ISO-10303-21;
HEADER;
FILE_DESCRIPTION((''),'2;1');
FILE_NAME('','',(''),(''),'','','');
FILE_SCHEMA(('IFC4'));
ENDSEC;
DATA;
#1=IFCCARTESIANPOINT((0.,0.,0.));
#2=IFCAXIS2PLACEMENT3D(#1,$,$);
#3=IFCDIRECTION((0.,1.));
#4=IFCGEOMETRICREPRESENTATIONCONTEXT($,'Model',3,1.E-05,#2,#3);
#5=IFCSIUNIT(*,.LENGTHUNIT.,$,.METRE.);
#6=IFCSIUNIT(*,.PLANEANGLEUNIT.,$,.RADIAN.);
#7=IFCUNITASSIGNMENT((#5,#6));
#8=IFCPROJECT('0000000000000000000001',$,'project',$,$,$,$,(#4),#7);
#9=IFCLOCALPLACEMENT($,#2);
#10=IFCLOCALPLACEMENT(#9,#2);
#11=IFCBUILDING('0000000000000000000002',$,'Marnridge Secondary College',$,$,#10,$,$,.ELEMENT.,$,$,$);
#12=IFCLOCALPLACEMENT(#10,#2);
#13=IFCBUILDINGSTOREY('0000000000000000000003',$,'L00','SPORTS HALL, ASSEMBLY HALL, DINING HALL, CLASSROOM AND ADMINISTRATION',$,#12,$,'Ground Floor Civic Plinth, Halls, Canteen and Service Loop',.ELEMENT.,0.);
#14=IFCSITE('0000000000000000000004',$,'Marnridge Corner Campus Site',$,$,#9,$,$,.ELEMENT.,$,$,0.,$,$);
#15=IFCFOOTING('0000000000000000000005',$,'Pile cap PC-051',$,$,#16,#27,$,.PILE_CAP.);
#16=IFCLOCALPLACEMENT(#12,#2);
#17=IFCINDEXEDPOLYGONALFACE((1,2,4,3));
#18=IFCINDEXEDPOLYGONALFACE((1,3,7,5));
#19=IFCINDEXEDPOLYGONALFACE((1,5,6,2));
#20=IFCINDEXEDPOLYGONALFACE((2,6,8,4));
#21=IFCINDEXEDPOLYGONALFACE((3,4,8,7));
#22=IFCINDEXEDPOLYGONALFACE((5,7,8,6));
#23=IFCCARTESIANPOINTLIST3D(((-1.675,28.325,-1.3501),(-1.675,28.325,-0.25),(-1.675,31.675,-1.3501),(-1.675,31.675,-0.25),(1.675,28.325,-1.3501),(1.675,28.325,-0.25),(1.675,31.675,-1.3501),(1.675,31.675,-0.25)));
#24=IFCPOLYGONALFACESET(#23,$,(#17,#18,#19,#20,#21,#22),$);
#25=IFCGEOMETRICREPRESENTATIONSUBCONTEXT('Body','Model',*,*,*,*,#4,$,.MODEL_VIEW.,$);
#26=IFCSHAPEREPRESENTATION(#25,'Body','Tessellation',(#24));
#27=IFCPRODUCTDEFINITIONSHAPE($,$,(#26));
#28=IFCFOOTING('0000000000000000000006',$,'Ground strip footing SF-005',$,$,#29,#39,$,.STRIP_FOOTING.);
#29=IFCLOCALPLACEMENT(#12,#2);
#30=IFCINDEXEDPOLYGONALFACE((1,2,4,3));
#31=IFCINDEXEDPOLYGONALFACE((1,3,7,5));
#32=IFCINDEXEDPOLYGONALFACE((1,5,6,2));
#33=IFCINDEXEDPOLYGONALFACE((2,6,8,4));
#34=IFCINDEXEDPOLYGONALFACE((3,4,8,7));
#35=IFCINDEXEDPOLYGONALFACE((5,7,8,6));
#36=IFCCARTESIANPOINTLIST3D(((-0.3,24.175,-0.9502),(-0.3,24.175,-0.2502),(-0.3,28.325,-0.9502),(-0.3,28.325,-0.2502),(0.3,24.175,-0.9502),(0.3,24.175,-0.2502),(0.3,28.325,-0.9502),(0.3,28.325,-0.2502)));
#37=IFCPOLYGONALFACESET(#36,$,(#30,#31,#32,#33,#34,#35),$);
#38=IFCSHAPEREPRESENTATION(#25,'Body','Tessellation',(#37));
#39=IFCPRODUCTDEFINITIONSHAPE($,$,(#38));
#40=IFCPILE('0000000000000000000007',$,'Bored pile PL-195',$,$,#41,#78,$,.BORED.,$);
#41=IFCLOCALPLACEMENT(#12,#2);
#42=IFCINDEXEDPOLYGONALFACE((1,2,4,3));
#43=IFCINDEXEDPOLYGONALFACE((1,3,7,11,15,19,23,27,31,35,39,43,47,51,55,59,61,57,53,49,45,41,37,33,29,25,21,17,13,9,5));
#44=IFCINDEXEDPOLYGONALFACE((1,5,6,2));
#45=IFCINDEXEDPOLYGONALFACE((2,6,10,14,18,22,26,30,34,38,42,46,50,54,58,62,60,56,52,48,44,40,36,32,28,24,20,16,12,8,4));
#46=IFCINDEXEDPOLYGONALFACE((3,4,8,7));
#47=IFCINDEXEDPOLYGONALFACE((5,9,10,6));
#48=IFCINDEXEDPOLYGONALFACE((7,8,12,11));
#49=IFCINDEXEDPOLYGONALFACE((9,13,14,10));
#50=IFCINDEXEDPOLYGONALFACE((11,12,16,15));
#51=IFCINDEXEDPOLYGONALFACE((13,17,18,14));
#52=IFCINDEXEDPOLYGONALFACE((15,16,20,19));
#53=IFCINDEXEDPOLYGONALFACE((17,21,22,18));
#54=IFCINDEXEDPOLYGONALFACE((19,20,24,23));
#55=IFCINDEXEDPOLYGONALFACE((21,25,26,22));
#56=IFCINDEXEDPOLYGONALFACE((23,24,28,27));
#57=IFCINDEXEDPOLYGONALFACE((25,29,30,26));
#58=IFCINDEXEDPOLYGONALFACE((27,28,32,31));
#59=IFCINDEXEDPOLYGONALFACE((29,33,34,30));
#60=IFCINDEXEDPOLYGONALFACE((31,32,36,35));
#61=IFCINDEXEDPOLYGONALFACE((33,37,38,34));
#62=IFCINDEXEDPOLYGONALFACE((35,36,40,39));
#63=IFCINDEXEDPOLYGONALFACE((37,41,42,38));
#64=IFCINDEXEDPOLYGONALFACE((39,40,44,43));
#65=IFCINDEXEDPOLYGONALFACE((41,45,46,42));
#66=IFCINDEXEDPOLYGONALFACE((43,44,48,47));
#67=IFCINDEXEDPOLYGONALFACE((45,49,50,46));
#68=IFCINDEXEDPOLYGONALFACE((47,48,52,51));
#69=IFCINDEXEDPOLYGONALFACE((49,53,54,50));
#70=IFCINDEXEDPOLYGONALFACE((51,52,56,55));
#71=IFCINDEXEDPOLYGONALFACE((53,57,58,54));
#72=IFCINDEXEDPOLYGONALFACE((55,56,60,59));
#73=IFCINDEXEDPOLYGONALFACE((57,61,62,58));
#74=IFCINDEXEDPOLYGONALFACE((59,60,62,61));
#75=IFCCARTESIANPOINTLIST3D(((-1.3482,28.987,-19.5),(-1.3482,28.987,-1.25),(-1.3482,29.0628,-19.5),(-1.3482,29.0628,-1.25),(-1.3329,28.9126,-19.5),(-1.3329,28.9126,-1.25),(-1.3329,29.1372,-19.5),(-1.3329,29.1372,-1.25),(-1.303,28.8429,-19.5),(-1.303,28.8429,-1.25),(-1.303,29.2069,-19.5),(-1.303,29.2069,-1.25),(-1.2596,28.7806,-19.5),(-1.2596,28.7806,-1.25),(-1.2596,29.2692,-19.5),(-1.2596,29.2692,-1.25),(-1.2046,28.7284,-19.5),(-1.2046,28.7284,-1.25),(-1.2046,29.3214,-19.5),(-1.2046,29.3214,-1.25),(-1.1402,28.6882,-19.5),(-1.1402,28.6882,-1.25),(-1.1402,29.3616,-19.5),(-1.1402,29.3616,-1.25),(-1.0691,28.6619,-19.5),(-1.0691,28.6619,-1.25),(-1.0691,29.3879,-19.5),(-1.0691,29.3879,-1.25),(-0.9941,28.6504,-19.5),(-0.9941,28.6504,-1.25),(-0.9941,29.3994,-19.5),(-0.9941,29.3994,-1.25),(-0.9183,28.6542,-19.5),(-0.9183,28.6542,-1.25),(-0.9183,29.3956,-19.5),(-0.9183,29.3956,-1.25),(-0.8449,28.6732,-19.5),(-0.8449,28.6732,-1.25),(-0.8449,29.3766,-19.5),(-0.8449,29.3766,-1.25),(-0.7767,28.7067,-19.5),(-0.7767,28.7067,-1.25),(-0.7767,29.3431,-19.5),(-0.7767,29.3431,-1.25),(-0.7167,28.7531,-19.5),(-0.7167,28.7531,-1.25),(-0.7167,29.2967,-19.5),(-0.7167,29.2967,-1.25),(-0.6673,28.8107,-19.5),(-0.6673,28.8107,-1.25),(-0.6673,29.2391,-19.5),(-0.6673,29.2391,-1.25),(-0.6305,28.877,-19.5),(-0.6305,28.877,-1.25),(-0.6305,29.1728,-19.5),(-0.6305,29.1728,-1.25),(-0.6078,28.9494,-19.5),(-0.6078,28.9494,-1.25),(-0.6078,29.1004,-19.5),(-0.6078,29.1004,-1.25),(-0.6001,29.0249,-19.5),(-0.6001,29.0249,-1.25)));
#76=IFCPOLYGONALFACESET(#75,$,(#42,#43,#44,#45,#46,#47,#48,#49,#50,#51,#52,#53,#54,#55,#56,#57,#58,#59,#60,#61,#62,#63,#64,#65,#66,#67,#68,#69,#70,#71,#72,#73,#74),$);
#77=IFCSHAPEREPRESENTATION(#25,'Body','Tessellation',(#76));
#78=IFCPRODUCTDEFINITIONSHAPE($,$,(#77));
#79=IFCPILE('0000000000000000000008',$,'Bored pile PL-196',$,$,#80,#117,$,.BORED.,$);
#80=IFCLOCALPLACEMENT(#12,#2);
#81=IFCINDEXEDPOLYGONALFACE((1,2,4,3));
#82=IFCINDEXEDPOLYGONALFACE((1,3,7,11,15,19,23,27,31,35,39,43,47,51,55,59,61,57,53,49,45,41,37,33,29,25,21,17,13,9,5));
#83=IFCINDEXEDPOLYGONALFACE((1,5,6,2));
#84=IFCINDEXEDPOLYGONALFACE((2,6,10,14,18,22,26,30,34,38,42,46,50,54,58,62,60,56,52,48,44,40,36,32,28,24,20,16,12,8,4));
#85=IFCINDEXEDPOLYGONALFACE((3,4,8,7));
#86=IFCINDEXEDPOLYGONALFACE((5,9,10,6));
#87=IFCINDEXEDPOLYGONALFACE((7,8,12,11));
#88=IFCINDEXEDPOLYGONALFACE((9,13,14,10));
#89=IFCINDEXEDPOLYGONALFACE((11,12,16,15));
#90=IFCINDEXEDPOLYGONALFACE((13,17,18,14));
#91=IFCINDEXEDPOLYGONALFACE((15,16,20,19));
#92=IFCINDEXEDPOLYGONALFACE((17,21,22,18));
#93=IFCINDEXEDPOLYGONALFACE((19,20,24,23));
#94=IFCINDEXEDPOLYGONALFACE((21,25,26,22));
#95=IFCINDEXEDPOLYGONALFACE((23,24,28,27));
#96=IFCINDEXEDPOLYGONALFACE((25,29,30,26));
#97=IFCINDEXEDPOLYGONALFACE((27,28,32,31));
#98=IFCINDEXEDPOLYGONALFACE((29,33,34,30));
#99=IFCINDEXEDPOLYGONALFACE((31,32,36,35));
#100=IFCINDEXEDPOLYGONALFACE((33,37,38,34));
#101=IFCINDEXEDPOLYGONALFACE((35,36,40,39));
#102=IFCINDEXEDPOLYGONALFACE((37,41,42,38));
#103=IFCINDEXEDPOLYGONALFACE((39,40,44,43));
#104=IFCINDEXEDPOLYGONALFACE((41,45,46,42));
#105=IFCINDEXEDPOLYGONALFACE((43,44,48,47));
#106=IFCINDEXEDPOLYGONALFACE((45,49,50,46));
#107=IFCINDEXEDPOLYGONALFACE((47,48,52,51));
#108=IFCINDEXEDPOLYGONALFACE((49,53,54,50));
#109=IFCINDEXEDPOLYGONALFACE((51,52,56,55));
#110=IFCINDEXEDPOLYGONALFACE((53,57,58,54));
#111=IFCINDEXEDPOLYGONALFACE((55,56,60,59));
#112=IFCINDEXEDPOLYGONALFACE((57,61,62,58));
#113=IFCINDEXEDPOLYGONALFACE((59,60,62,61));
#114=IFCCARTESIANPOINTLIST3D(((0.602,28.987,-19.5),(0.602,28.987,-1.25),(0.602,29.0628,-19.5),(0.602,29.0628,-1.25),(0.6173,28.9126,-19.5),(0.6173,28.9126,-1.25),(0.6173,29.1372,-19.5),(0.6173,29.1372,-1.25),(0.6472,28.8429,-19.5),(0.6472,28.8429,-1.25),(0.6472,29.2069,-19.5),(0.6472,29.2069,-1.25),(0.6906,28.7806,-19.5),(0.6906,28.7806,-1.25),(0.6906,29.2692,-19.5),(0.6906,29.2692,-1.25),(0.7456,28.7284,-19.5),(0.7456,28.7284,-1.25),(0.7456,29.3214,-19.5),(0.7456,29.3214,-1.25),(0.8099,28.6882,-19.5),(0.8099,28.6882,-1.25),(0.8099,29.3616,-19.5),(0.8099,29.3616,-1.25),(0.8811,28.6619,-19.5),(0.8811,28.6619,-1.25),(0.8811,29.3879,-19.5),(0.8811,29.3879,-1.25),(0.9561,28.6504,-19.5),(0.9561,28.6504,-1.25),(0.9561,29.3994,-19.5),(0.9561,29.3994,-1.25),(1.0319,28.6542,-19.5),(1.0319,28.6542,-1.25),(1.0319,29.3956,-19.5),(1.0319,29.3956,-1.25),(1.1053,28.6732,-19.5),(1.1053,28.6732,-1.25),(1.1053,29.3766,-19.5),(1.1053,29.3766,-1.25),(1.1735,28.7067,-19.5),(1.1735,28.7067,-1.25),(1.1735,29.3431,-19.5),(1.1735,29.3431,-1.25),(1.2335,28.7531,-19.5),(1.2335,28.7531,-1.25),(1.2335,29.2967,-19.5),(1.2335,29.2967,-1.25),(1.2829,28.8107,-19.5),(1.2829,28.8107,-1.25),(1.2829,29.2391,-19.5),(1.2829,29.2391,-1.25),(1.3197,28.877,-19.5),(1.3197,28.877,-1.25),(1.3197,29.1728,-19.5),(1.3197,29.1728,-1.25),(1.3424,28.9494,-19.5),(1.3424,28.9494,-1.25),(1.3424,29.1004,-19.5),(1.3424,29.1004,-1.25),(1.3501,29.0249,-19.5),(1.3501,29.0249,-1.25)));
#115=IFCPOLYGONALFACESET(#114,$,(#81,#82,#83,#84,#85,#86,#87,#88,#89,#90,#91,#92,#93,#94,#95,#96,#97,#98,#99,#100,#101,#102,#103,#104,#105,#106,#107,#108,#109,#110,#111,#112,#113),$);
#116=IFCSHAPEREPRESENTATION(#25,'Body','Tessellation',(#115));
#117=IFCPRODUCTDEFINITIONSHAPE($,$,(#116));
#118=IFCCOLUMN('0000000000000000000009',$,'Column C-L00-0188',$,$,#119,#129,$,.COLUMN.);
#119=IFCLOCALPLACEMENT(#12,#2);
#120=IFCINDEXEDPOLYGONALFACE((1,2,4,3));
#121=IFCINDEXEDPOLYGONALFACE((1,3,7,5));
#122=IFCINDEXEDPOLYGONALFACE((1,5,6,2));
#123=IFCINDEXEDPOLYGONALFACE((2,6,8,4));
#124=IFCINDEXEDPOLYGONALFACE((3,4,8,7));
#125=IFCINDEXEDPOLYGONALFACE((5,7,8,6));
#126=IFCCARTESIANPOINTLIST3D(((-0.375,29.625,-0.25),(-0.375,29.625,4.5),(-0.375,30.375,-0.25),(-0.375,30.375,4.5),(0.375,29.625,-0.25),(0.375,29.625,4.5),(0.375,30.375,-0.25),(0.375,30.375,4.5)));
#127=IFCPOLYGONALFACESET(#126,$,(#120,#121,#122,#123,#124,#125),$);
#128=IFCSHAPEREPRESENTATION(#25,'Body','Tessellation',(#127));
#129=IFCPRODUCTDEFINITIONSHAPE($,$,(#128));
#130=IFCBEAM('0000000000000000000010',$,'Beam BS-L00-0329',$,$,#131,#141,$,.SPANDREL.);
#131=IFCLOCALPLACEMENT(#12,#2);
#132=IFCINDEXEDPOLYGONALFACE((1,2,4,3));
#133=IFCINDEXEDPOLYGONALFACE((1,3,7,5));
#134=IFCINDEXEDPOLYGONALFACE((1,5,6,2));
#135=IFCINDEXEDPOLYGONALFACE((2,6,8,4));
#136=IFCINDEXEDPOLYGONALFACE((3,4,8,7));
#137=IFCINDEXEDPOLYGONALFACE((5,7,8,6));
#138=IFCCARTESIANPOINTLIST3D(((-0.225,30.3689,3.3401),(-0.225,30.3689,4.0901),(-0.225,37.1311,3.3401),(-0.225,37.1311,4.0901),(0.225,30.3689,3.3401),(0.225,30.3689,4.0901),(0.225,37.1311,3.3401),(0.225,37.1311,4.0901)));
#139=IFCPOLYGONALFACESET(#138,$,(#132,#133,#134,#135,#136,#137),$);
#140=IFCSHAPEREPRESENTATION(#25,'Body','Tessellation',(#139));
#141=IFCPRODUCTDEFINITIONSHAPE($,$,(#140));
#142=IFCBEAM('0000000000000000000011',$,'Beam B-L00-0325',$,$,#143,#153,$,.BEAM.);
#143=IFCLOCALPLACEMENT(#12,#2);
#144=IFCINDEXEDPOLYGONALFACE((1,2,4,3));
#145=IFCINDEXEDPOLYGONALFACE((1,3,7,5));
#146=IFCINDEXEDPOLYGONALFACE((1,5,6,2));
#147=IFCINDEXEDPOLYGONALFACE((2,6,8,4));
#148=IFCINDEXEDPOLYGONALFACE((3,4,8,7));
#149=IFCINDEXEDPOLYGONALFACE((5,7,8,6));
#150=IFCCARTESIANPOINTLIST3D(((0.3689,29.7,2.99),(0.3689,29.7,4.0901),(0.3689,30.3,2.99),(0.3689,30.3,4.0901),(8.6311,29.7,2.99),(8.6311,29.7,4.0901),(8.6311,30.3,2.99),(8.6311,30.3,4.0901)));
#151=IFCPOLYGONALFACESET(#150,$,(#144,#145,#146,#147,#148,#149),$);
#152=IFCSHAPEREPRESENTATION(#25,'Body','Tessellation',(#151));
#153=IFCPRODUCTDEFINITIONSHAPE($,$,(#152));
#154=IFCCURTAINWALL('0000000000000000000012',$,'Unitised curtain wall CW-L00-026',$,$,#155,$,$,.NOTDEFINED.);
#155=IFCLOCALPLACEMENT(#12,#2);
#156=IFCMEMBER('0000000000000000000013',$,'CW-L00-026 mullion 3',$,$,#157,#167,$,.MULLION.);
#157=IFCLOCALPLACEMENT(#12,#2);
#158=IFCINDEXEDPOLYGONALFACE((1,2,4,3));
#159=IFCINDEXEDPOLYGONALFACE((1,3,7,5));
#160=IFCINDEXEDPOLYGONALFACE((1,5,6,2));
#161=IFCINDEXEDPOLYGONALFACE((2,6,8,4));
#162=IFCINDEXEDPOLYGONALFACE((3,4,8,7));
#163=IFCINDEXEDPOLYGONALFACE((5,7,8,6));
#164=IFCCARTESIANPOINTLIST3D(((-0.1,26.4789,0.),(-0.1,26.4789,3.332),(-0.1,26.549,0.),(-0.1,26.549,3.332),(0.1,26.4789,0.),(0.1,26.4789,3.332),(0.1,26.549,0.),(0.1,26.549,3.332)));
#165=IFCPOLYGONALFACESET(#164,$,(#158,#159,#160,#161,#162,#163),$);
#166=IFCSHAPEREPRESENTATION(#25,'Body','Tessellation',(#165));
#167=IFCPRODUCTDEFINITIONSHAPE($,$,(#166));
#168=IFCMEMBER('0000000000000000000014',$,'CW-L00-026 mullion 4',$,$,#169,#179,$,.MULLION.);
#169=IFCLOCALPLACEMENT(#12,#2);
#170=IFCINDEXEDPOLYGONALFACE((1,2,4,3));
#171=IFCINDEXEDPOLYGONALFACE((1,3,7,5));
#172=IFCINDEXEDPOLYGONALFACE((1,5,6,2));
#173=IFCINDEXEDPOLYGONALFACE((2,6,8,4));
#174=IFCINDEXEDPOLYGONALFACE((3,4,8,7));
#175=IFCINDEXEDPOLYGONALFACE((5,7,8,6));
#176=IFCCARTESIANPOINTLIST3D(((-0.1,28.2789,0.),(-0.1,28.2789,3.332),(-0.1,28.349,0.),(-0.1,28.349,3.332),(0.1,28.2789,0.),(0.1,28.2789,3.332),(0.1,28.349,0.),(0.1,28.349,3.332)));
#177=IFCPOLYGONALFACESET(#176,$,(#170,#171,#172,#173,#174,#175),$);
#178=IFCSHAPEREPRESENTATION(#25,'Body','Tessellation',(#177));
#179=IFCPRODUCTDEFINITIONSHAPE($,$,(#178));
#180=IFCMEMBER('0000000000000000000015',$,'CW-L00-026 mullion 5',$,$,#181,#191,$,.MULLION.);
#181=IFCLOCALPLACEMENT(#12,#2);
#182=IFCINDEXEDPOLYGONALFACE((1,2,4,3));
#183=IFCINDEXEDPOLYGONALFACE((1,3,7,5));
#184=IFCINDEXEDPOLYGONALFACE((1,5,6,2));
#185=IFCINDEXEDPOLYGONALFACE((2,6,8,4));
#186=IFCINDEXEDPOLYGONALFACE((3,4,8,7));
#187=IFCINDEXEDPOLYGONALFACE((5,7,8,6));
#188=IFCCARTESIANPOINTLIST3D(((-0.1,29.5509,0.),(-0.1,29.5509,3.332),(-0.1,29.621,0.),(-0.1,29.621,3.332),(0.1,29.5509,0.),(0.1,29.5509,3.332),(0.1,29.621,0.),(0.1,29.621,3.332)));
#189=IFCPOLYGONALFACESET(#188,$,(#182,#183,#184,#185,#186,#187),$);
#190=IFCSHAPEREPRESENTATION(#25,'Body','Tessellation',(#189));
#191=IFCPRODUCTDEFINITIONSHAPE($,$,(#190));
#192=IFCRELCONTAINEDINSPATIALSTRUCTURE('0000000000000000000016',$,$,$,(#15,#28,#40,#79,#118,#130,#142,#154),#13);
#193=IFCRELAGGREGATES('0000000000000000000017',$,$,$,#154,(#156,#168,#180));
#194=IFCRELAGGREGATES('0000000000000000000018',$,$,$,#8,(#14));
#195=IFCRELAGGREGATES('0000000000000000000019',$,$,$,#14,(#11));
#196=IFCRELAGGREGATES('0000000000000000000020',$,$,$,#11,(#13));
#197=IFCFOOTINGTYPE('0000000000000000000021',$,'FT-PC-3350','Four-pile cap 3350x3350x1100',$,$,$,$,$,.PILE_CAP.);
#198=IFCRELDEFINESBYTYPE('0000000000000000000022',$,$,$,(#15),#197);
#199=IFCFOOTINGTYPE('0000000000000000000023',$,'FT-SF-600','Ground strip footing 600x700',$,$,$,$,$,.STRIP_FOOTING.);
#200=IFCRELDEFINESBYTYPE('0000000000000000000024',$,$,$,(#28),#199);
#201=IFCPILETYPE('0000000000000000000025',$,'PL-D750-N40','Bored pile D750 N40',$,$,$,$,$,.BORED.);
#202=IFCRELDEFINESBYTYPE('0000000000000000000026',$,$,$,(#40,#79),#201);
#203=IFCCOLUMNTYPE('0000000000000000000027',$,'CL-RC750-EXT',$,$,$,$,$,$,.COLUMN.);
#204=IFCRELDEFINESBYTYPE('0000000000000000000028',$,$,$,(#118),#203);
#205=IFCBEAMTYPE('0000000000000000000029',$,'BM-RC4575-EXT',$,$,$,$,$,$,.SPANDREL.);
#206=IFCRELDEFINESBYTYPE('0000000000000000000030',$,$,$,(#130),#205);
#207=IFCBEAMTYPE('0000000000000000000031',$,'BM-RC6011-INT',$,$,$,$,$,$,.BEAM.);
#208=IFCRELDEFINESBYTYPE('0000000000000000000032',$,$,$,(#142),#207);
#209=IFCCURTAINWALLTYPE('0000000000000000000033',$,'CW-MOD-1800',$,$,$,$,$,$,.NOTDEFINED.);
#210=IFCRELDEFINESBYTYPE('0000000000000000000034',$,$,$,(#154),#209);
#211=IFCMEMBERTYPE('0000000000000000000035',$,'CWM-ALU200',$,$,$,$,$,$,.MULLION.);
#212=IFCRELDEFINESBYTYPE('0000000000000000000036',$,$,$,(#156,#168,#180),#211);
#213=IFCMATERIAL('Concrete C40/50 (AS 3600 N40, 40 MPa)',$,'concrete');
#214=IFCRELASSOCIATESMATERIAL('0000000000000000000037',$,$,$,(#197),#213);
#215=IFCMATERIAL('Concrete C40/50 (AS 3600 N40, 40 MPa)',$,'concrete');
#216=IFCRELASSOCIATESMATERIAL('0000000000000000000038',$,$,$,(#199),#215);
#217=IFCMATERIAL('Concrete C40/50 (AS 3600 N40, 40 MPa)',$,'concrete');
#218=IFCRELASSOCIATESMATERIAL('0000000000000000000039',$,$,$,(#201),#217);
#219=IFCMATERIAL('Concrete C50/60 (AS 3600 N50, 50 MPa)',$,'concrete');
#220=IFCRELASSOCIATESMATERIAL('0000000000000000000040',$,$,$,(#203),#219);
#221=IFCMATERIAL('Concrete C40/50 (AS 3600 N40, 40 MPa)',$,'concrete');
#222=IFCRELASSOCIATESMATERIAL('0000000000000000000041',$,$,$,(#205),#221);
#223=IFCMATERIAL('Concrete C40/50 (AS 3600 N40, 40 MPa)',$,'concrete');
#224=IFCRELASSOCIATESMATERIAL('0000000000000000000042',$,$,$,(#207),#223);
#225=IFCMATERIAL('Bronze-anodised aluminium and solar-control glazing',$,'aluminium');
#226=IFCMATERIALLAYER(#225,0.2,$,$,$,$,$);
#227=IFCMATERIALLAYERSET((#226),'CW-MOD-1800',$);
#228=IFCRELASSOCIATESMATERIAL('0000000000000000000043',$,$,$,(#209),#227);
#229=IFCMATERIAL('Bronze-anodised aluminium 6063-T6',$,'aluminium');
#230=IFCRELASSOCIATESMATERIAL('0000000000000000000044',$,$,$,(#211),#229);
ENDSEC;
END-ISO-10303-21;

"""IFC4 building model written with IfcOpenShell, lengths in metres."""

from ifc_helpers import new_model, si_unit, direction, frame, origin, origin_2d, place, context, subcontext, project, spatial, rectangle, circle, extrude, material, layer, layer_set, material_profile, profile_set, type_object, element, aggregate, save


model = new_model("IFC4")

# Units and contexts
model_context = context("Model", 3, precision=1e-05, world=origin(), true_north=direction((0.0, 1.0)))
body_context = subcontext(model_context, "Body", "Model", "MODEL_VIEW")
ifc_project = project(units=[si_unit("LENGTHUNIT", "METRE"), si_unit("PLANEANGLEUNIT", "RADIAN")], contexts=[model_context])

# Site, building, storey
site_placement = place(None, origin())
site = spatial("IfcSite", under=ifc_project, at=site_placement, Name="Marnridge Corner Campus Site", CompositionType="ELEMENT", RefElevation=0.0)
building_placement = place(site_placement, origin())
building = spatial("IfcBuilding", under=site, at=building_placement, Name="Marnridge Secondary College", CompositionType="ELEMENT")
storey_placement = place(building_placement, origin())
storey = spatial("IfcBuildingStorey", under=building, at=storey_placement, Name="L00", Description="SPORTS HALL, ASSEMBLY HALL, DINING HALL, CLASSROOM AND ADMINISTRATION", LongName="Ground Floor Civic Plinth, Halls, Canteen and Service Loop", CompositionType="ELEMENT", Elevation=0.0)

# Footings
ifc_material_1 = material(Name="Concrete C40/50 (AS 3600 N40, 40 MPa)", Category="concrete")
footing_type_1 = type_object("IfcFootingType", Name="FT-PC-3350", Description="Four-pile cap 3350x3350x1100", PredefinedType="PILE_CAP", material=ifc_material_1)
footing_1_placement = place(storey_placement, frame((0.0, 30.0, -1.3501), z_axis=(0.0, 0.0, 1.0), x_axis=(1.0, 0.0, 0.0)))
element("IfcFooting", 1, at=footing_1_placement, inside=storey, type_object=footing_type_1, Name="Pile cap PC-051", PredefinedType="PILE_CAP", context=body_context, shape_type="SweptSolid", body=[
    extrude(rectangle(XDim=3.3501, YDim=3.3501, at=origin_2d()), origin(), (0.0, 0.0, 1.0), 1.1001),
])
ifc_material_2 = material(Name="Concrete C40/50 (AS 3600 N40, 40 MPa)", Category="concrete")
footing_type_2 = type_object("IfcFootingType", Name="FT-SF-600", Description="Ground strip footing 600x700", PredefinedType="STRIP_FOOTING", material=ifc_material_2)
footing_2_placement = place(storey_placement, frame((0.0, 26.25, -0.9502), z_axis=(0.0, 0.0, 1.0), x_axis=(1.0, 0.0, 0.0)))
element("IfcFooting", 2, at=footing_2_placement, inside=storey, type_object=footing_type_2, Name="Ground strip footing SF-005", PredefinedType="STRIP_FOOTING", context=body_context, shape_type="SweptSolid", body=[
    extrude(rectangle(XDim=0.6001, YDim=4.1499, at=origin_2d()), origin(), (0.0, 0.0, 1.0), 0.7),
])

# Piles
ifc_material_3 = material(Name="Concrete C40/50 (AS 3600 N40, 40 MPa)", Category="concrete")
ifc_material_profile_1 = material_profile(ifc_material_3, circle(Radius=0.375, at=origin_2d()), Name="PILE D750")
ifc_profile_set_1 = profile_set([ifc_material_profile_1], Name="Concrete C40/50 (AS 3600 N40, 40 MPa)")
pile_type = type_object("IfcPileType", Name="PL-D750-N40", Description="Bored pile D750 N40", PredefinedType="BORED", material=ifc_profile_set_1)
for number, where, z_axis, x_axis, name in (
    (3, (-0.9751, 29.0249, -1.25), (0.0, 0.0, -1.0), (1.0, 0.0, 0.0), "Bored pile PL-195"),
    (4, (0.9751, 29.0249, -1.25), (0.0, 0.0, -1.0), (1.0, 0.0, 0.0), "Bored pile PL-196"),
):
    element("IfcPile", number, at=place(storey_placement, frame(where, z_axis=z_axis, x_axis=x_axis)), inside=storey, type_object=pile_type, Name=name, PredefinedType="BORED", context=body_context, shape_type="SweptSolid", body=[
        extrude(circle(Radius=0.375, at=origin_2d()), origin(), (0.0, 0.0, 1.0), 18.25),
    ])

# Column
ifc_material_4 = material(Name="Concrete C50/60 (AS 3600 N50, 50 MPa)", Category="concrete")
ifc_material_profile_2 = material_profile(ifc_material_4, rectangle(XDim=0.75, YDim=0.75, at=origin_2d()), Name="RC 750x750")
ifc_profile_set_2 = profile_set([ifc_material_profile_2], Name="Concrete C50/60 (AS 3600 N50, 50 MPa)")
column_type = type_object("IfcColumnType", Name="CL-RC750-EXT", PredefinedType="COLUMN", material=ifc_profile_set_2)
column_placement = place(storey_placement, frame((0.0, 30.0, -0.25), z_axis=(0.0, 0.0, 1.0), x_axis=(1.0, 0.0, 0.0)))
element("IfcColumn", 5, at=column_placement, inside=storey, type_object=column_type, Name="Column C-L00-0188", PredefinedType="COLUMN", context=body_context, shape_type="SweptSolid", body=[
    extrude(rectangle(XDim=0.75, YDim=0.75, at=origin_2d()), origin(), (0.0, 0.0, 1.0), 4.75),
])

# Beams
ifc_material_5 = material(Name="Concrete C40/50 (AS 3600 N40, 40 MPa)", Category="concrete")
ifc_material_profile_3 = material_profile(ifc_material_5, rectangle(XDim=0.45, YDim=0.75, at=origin_2d()), Name="RC 450x750")
ifc_profile_set_3 = profile_set([ifc_material_profile_3], Name="Concrete C40/50 (AS 3600 N40, 40 MPa)")
beam_type_1 = type_object("IfcBeamType", Name="BM-RC4575-EXT", PredefinedType="SPANDREL", material=ifc_profile_set_3)
beam_1_placement = place(storey_placement, frame((0.0, 30.3689, 3.7151), z_axis=(0.0, 1.0, 0.0), x_axis=(-1.0, 0.0, 0.0)))
element("IfcBeam", 6, at=beam_1_placement, inside=storey, type_object=beam_type_1, Name="Beam BS-L00-0329", PredefinedType="SPANDREL", context=body_context, shape_type="SweptSolid", body=[
    extrude(rectangle(XDim=0.45, YDim=0.75, at=origin_2d()), origin(), (0.0, 0.0, 1.0), 6.7622),
])
ifc_material_6 = material(Name="Concrete C40/50 (AS 3600 N40, 40 MPa)", Category="concrete")
ifc_material_profile_4 = material_profile(ifc_material_6, rectangle(XDim=0.6001, YDim=1.1001, at=origin_2d()), Name="RC 600x1100")
ifc_profile_set_4 = profile_set([ifc_material_profile_4], Name="Concrete C40/50 (AS 3600 N40, 40 MPa)")
beam_type_2 = type_object("IfcBeamType", Name="BM-RC6011-INT", PredefinedType="BEAM", material=ifc_profile_set_4)
beam_2_placement = place(storey_placement, frame((0.3689, 30.0, 3.54), z_axis=(1.0, 0.0, 0.0), x_axis=(0.0, 1.0, 0.0)))
element("IfcBeam", 7, at=beam_2_placement, inside=storey, type_object=beam_type_2, Name="Beam B-L00-0325", PredefinedType="BEAM", context=body_context, shape_type="SweptSolid", body=[
    extrude(rectangle(XDim=0.6001, YDim=1.1001, at=origin_2d()), origin(), (0.0, 0.0, 1.0), 8.2622),
])

# Curtain wall, members
ifc_material_7 = material(Name="Bronze-anodised aluminium and solar-control glazing", Category="aluminium")
ifc_layer_1 = layer(ifc_material_7, 0.2)
ifc_layer_set_1 = layer_set([ifc_layer_1], Name="CW-MOD-1800")
curtain_wall_type = type_object("IfcCurtainWallType", Name="CW-MOD-1800", PredefinedType="NOTDEFINED", material=ifc_layer_set_1)
curtain_wall_placement = place(storey_placement, origin())
curtain_wall = element("IfcCurtainWall", 8, at=curtain_wall_placement, inside=storey, type_object=curtain_wall_type, Name="Unitised curtain wall CW-L00-026", PredefinedType="NOTDEFINED")
ifc_material_8 = material(Name="Bronze-anodised aluminium 6063-T6", Category="aluminium")
ifc_material_profile_5 = material_profile(ifc_material_8, rectangle(XDim=0.0701, YDim=0.2, at=origin_2d()), Name="ALU 70x200")
ifc_profile_set_5 = profile_set([ifc_material_profile_5], Name="Bronze-anodised aluminium 6063-T6")
member_type_1 = type_object("IfcMemberType", Name="CWM-ALU200", PredefinedType="MULLION", material=ifc_profile_set_5)
member_1_placement = place(storey_placement, frame((0.0, 26.5139, 0.0), z_axis=(0.0, 0.0, 1.0), x_axis=(0.0, 1.0, 0.0)))
member_1 = element("IfcMember", 9, at=member_1_placement, type_object=member_type_1, Name="CW-L00-026 mullion 3", PredefinedType="MULLION", context=body_context, shape_type="SweptSolid", body=[
    extrude(rectangle(XDim=0.0701, YDim=0.2, at=origin_2d()), origin(), (0.0, 0.0, 1.0), 3.332),
])
member_2_placement = place(storey_placement, frame((0.0, 28.314, 0.0), z_axis=(0.0, 0.0, 1.0), x_axis=(0.0, 1.0, 0.0)))
member_2 = element("IfcMember", 10, at=member_2_placement, type_object=member_type_1, Name="CW-L00-026 mullion 4", PredefinedType="MULLION", context=body_context, shape_type="SweptSolid", body=[
    extrude(rectangle(XDim=0.0701, YDim=0.2, at=origin_2d()), origin(), (0.0, 0.0, 1.0), 3.332),
])
member_3_placement = place(storey_placement, frame((0.0, 29.5859, 0.0), z_axis=(0.0, 0.0, 1.0), x_axis=(0.0, 1.0, 0.0)))
member_3 = element("IfcMember", 11, at=member_3_placement, type_object=member_type_1, Name="CW-L00-026 mullion 5", PredefinedType="MULLION", context=body_context, shape_type="SweptSolid", body=[
    extrude(rectangle(XDim=0.0701, YDim=0.2, at=origin_2d()), origin(), (0.0, 0.0, 1.0), 3.332),
])
aggregate(curtain_wall, [member_1, member_2, member_3])

save(model, "model.ifc")
